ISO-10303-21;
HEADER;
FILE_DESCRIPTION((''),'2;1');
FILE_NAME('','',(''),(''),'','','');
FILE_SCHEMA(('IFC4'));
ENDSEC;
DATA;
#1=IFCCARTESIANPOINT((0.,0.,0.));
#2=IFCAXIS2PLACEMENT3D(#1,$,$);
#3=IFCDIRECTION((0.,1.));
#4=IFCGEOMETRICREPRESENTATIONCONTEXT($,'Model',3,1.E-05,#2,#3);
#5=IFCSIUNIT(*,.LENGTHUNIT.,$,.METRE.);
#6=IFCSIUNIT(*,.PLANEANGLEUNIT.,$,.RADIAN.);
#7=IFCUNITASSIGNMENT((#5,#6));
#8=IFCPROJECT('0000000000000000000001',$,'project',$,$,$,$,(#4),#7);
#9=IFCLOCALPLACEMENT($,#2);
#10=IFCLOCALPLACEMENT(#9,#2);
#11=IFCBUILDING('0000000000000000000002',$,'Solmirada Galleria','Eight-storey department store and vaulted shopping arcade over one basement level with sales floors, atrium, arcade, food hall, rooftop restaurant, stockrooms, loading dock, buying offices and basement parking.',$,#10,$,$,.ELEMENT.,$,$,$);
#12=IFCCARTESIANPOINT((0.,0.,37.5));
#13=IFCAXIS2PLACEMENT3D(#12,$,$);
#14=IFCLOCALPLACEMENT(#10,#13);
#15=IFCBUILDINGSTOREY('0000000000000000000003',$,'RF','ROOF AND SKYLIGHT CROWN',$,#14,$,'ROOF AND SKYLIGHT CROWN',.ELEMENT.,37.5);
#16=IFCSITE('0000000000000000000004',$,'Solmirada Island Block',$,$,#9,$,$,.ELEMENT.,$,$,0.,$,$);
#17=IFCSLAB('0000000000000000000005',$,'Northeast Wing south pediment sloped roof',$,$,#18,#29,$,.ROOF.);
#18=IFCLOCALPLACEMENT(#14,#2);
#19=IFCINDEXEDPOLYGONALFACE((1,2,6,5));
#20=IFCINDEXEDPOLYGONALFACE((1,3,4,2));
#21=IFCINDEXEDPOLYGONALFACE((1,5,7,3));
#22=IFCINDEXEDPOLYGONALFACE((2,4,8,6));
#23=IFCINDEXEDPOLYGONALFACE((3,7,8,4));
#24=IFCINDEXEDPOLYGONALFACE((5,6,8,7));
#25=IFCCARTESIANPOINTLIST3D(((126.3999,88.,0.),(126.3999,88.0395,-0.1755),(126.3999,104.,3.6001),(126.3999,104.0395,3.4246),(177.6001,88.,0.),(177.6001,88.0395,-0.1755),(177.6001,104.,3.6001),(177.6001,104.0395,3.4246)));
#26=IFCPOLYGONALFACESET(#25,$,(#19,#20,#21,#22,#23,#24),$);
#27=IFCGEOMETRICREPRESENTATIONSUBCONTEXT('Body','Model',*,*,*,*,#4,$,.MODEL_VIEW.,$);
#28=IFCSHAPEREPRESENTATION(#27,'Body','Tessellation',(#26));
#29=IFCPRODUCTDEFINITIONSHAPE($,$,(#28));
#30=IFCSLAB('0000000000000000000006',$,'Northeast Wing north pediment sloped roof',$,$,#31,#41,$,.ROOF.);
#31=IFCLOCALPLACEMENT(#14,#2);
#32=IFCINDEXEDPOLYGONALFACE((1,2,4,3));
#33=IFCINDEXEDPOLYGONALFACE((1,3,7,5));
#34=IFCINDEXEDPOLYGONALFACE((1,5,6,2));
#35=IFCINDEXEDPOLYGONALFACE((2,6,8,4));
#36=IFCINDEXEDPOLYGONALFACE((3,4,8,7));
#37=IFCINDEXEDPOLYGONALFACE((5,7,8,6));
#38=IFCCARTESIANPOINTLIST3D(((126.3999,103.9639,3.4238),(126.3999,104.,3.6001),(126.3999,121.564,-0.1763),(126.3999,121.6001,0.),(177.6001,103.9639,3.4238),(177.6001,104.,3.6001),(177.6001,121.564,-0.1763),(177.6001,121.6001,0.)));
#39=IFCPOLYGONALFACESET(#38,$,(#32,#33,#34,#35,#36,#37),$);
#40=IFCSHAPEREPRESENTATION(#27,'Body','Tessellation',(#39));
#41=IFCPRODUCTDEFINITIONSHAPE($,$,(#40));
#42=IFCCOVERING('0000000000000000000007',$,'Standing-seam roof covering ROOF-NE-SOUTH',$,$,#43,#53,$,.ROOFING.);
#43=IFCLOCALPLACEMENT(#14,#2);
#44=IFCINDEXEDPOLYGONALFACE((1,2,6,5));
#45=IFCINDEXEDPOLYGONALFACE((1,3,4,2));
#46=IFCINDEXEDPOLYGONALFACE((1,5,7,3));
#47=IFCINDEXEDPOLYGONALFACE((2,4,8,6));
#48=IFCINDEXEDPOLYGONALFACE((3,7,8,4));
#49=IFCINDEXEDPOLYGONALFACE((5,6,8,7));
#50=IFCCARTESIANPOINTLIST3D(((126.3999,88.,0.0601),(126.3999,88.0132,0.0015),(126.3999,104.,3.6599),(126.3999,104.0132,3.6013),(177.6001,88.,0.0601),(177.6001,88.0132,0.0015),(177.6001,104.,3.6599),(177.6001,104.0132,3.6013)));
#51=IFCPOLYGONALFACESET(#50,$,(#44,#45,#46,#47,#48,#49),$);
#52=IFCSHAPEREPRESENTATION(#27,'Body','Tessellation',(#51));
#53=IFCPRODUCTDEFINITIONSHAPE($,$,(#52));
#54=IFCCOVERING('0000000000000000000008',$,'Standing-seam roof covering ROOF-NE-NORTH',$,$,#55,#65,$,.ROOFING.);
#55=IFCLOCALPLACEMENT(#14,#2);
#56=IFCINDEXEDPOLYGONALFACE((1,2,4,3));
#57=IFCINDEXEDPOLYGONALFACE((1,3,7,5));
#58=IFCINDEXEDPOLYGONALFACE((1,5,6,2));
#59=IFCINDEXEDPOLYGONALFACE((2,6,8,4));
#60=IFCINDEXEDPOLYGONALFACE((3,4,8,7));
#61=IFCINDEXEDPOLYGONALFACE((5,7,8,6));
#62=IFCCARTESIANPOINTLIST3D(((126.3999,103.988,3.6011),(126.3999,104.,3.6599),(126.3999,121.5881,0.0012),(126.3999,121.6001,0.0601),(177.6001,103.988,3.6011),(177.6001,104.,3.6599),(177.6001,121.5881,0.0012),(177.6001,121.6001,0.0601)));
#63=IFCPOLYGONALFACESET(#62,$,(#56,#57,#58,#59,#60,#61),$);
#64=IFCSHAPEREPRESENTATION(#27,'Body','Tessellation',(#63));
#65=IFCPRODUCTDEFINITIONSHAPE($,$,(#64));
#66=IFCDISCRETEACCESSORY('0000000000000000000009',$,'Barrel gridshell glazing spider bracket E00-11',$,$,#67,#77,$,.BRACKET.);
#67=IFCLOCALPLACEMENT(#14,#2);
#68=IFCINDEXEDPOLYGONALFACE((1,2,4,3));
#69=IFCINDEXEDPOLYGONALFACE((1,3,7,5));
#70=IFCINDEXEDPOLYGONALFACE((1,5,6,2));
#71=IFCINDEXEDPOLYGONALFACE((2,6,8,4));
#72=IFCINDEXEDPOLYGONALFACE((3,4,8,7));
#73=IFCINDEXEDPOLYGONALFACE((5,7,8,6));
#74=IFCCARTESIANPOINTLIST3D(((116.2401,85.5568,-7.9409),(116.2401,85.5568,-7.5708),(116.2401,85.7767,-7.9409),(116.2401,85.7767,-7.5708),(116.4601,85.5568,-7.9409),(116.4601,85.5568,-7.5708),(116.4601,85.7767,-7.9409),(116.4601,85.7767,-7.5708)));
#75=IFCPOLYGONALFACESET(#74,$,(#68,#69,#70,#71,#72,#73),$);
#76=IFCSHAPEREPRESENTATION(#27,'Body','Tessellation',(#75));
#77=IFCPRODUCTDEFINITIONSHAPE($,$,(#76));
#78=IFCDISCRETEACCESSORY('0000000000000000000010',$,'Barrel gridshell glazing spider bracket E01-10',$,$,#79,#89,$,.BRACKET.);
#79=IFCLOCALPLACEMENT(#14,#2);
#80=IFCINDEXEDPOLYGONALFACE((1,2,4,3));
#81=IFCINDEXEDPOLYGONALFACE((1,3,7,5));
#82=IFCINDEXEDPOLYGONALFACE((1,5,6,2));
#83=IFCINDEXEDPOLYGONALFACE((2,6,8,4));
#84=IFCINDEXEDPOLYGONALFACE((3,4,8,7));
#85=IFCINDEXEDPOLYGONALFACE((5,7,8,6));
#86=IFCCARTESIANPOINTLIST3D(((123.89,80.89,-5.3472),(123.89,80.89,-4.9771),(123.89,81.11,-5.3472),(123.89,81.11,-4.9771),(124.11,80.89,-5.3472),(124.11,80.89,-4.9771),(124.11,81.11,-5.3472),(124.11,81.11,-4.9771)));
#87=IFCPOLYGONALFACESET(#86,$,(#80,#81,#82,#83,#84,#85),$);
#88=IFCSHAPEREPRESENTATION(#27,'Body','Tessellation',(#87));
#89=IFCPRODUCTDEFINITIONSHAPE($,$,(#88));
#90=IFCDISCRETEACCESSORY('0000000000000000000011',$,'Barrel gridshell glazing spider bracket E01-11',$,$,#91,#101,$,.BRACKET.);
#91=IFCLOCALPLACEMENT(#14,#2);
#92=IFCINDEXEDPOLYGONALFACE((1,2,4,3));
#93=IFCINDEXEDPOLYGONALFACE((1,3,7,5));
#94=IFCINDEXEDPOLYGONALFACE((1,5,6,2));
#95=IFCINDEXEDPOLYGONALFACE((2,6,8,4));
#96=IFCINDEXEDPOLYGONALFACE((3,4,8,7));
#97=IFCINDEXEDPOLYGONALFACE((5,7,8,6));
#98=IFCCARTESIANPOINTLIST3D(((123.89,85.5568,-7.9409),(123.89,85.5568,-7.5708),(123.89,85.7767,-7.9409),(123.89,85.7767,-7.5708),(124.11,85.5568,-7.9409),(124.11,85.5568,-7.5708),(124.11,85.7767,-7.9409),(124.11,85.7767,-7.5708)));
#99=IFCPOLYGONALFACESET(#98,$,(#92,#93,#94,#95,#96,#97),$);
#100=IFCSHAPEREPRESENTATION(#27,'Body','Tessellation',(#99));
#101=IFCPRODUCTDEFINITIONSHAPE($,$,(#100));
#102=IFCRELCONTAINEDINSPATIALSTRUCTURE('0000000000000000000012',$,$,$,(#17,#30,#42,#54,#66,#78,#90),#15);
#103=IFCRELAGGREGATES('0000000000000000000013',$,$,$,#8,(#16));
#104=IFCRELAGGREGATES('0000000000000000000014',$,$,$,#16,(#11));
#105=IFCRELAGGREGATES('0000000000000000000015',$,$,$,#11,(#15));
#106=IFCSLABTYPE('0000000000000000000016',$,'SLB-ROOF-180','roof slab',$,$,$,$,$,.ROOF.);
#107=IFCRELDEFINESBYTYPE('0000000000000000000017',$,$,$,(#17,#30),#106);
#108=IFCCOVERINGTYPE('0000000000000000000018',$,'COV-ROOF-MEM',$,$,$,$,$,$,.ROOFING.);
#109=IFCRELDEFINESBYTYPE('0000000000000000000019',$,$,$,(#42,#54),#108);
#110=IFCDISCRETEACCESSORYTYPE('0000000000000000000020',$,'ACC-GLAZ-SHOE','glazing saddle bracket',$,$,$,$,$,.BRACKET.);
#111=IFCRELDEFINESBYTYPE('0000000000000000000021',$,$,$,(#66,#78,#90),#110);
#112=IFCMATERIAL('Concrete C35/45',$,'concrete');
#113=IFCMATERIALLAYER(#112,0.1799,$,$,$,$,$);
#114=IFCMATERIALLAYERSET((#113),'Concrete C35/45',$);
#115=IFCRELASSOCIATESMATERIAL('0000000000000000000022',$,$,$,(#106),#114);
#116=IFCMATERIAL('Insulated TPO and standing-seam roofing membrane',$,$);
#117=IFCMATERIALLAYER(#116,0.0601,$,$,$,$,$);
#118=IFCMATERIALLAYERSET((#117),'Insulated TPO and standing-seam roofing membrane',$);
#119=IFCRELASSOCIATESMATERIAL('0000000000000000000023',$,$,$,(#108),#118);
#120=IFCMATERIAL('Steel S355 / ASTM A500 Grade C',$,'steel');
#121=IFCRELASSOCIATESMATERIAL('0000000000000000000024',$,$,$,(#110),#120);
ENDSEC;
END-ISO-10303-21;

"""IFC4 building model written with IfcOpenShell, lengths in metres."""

from ifc_helpers import new_model, si_unit, direction, frame, origin, origin_2d, place, context, subcontext, project, spatial, polyline, rectangle, outline, extrude, material, layer, layer_set, type_object, element, save


model = new_model("IFC4")

# Units and contexts
model_context = context("Model", 3, precision=1e-05, world=origin(), true_north=direction((0.0, 1.0)))
body_context = subcontext(model_context, "Body", "Model", "MODEL_VIEW")
ifc_project = project(units=[si_unit("LENGTHUNIT", "METRE"), si_unit("PLANEANGLEUNIT", "RADIAN")], contexts=[model_context])

# Site, building, storey
site_placement = place(None, origin())
site = spatial("IfcSite", under=ifc_project, at=site_placement, Name="Solmirada Island Block", CompositionType="ELEMENT", RefElevation=0.0)
building_placement = place(site_placement, origin())
building = spatial("IfcBuilding", under=site, at=building_placement, Name="Solmirada Galleria", Description="Eight-storey department store and vaulted shopping arcade over one basement level with sales floors, atrium, arcade, food hall, rooftop restaurant, stockrooms, loading dock, buying offices and basement parking.", CompositionType="ELEMENT")
storey_placement = place(building_placement, frame((0.0, 0.0, 37.5)))
storey = spatial("IfcBuildingStorey", under=building, at=storey_placement, Name="RF", Description="ROOF AND SKYLIGHT CROWN", LongName="ROOF AND SKYLIGHT CROWN", CompositionType="ELEMENT", Elevation=37.5)

# Shared definitions
ifc_material_1 = material(Name="Steel S355 / ASTM A500 Grade C", Category="steel")

# Slabs
ifc_material_2 = material(Name="Concrete C35/45", Category="concrete")
ifc_layer_1 = layer(ifc_material_2, 0.1799)
ifc_layer_set_1 = layer_set([ifc_layer_1], Name="Concrete C35/45")
slab_type = type_object("IfcSlabType", Name="SLB-ROOF-180", Description="roof slab", PredefinedType="ROOF", material=ifc_layer_set_1)
slab_1_placement = place(storey_placement, frame((126.3999, 88.0, 0.0), z_axis=(0.0, -0.219518, 0.975608), x_axis=(1.0, 0.0, 0.0)))
element("IfcSlab", 1, at=slab_1_placement, inside=storey, type_object=slab_type, Name="Northeast Wing south pediment sloped roof", PredefinedType="ROOF", context=body_context, shape_type="SweptSolid", body=[
    extrude(outline(polyline([(0.0, 0.0), (51.2002, 0.0), (51.2002, 16.4), (0.0, 16.4), (0.0, 0.0)])), origin(), (0.0, 0.0, -1.0), 0.1799),
])
slab_2_placement = place(storey_placement, frame((126.3999, 104.0, 3.6001), z_axis=(0.0, 0.2004, 0.979714), x_axis=(1.0, 0.0, 0.0)))
element("IfcSlab", 2, at=slab_2_placement, inside=storey, type_object=slab_type, Name="Northeast Wing north pediment sloped roof", PredefinedType="ROOF", context=body_context, shape_type="SweptSolid", body=[
    extrude(outline(polyline([(0.0, 0.0), (51.2002, 0.0), (51.2002, 17.9645), (0.0, 17.9645), (0.0, 0.0)])), origin(), (0.0, 0.0, -1.0), 0.1799),
])

# Coverings
ifc_material_3 = material(Name="Insulated TPO and standing-seam roofing membrane")
ifc_layer_2 = layer(ifc_material_3, 0.0601)
ifc_layer_set_2 = layer_set([ifc_layer_2], Name="Insulated TPO and standing-seam roofing membrane")
covering_type = type_object("IfcCoveringType", Name="COV-ROOF-MEM", PredefinedType="ROOFING", material=ifc_layer_set_2)
covering_1_placement = place(storey_placement, frame((126.3999, 88.0, 0.0601), z_axis=(0.0, -0.219504, 0.975612), x_axis=(1.0, 0.0, 0.0)))
element("IfcCovering", 3, at=covering_1_placement, inside=storey, type_object=covering_type, Name="Standing-seam roof covering ROOF-NE-SOUTH", PredefinedType="ROOFING", context=body_context, shape_type="SweptSolid", body=[
    extrude(outline(polyline([(0.0, 0.0), (51.2002, 0.0), (51.2002, 16.4), (0.0, 16.4), (0.0, 0.0)])), origin(), (0.0, 0.0, -1.0), 0.0601),
])
covering_2_placement = place(storey_placement, frame((126.3999, 104.0, 3.6599), z_axis=(0.0, 0.200387, 0.979717), x_axis=(1.0, 0.0, 0.0)))
element("IfcCovering", 4, at=covering_2_placement, inside=storey, type_object=covering_type, Name="Standing-seam roof covering ROOF-NE-NORTH", PredefinedType="ROOFING", context=body_context, shape_type="SweptSolid", body=[
    extrude(outline(polyline([(0.0, 0.0), (51.2002, 0.0), (51.2002, 17.9645), (0.0, 17.9645), (0.0, 0.0)])), origin(), (0.0, 0.0, -1.0), 0.0601),
])

# Discrete accessories
discrete_accessory_type = type_object("IfcDiscreteAccessoryType", Name="ACC-GLAZ-SHOE", Description="glazing saddle bracket", PredefinedType="BRACKET", material=ifc_material_1)
for number, where, z_axis, x_axis, name in (
    (5, (116.3501, 85.6667, -7.9409), (0.0, 0.0, 1.0), (1.0, 0.0, 0.0), "Barrel gridshell glazing spider bracket E00-11"),
    (6, (124.0, 81.0, -5.3472), (0.0, 0.0, 1.0), (1.0, 0.0, 0.0), "Barrel gridshell glazing spider bracket E01-10"),
    (7, (124.0, 85.6667, -7.9409), (0.0, 0.0, 1.0), (1.0, 0.0, 0.0), "Barrel gridshell glazing spider bracket E01-11"),
):
    element("IfcDiscreteAccessory", number, at=place(storey_placement, frame(where, z_axis=z_axis, x_axis=x_axis)), inside=storey, type_object=discrete_accessory_type, Name=name, PredefinedType="BRACKET", context=body_context, shape_type="SweptSolid", body=[
        extrude(rectangle(XDim=0.22, YDim=0.22, at=origin_2d()), origin(), (0.0, 0.0, 1.0), 0.3701),
    ])

save(model, "model.ifc")
